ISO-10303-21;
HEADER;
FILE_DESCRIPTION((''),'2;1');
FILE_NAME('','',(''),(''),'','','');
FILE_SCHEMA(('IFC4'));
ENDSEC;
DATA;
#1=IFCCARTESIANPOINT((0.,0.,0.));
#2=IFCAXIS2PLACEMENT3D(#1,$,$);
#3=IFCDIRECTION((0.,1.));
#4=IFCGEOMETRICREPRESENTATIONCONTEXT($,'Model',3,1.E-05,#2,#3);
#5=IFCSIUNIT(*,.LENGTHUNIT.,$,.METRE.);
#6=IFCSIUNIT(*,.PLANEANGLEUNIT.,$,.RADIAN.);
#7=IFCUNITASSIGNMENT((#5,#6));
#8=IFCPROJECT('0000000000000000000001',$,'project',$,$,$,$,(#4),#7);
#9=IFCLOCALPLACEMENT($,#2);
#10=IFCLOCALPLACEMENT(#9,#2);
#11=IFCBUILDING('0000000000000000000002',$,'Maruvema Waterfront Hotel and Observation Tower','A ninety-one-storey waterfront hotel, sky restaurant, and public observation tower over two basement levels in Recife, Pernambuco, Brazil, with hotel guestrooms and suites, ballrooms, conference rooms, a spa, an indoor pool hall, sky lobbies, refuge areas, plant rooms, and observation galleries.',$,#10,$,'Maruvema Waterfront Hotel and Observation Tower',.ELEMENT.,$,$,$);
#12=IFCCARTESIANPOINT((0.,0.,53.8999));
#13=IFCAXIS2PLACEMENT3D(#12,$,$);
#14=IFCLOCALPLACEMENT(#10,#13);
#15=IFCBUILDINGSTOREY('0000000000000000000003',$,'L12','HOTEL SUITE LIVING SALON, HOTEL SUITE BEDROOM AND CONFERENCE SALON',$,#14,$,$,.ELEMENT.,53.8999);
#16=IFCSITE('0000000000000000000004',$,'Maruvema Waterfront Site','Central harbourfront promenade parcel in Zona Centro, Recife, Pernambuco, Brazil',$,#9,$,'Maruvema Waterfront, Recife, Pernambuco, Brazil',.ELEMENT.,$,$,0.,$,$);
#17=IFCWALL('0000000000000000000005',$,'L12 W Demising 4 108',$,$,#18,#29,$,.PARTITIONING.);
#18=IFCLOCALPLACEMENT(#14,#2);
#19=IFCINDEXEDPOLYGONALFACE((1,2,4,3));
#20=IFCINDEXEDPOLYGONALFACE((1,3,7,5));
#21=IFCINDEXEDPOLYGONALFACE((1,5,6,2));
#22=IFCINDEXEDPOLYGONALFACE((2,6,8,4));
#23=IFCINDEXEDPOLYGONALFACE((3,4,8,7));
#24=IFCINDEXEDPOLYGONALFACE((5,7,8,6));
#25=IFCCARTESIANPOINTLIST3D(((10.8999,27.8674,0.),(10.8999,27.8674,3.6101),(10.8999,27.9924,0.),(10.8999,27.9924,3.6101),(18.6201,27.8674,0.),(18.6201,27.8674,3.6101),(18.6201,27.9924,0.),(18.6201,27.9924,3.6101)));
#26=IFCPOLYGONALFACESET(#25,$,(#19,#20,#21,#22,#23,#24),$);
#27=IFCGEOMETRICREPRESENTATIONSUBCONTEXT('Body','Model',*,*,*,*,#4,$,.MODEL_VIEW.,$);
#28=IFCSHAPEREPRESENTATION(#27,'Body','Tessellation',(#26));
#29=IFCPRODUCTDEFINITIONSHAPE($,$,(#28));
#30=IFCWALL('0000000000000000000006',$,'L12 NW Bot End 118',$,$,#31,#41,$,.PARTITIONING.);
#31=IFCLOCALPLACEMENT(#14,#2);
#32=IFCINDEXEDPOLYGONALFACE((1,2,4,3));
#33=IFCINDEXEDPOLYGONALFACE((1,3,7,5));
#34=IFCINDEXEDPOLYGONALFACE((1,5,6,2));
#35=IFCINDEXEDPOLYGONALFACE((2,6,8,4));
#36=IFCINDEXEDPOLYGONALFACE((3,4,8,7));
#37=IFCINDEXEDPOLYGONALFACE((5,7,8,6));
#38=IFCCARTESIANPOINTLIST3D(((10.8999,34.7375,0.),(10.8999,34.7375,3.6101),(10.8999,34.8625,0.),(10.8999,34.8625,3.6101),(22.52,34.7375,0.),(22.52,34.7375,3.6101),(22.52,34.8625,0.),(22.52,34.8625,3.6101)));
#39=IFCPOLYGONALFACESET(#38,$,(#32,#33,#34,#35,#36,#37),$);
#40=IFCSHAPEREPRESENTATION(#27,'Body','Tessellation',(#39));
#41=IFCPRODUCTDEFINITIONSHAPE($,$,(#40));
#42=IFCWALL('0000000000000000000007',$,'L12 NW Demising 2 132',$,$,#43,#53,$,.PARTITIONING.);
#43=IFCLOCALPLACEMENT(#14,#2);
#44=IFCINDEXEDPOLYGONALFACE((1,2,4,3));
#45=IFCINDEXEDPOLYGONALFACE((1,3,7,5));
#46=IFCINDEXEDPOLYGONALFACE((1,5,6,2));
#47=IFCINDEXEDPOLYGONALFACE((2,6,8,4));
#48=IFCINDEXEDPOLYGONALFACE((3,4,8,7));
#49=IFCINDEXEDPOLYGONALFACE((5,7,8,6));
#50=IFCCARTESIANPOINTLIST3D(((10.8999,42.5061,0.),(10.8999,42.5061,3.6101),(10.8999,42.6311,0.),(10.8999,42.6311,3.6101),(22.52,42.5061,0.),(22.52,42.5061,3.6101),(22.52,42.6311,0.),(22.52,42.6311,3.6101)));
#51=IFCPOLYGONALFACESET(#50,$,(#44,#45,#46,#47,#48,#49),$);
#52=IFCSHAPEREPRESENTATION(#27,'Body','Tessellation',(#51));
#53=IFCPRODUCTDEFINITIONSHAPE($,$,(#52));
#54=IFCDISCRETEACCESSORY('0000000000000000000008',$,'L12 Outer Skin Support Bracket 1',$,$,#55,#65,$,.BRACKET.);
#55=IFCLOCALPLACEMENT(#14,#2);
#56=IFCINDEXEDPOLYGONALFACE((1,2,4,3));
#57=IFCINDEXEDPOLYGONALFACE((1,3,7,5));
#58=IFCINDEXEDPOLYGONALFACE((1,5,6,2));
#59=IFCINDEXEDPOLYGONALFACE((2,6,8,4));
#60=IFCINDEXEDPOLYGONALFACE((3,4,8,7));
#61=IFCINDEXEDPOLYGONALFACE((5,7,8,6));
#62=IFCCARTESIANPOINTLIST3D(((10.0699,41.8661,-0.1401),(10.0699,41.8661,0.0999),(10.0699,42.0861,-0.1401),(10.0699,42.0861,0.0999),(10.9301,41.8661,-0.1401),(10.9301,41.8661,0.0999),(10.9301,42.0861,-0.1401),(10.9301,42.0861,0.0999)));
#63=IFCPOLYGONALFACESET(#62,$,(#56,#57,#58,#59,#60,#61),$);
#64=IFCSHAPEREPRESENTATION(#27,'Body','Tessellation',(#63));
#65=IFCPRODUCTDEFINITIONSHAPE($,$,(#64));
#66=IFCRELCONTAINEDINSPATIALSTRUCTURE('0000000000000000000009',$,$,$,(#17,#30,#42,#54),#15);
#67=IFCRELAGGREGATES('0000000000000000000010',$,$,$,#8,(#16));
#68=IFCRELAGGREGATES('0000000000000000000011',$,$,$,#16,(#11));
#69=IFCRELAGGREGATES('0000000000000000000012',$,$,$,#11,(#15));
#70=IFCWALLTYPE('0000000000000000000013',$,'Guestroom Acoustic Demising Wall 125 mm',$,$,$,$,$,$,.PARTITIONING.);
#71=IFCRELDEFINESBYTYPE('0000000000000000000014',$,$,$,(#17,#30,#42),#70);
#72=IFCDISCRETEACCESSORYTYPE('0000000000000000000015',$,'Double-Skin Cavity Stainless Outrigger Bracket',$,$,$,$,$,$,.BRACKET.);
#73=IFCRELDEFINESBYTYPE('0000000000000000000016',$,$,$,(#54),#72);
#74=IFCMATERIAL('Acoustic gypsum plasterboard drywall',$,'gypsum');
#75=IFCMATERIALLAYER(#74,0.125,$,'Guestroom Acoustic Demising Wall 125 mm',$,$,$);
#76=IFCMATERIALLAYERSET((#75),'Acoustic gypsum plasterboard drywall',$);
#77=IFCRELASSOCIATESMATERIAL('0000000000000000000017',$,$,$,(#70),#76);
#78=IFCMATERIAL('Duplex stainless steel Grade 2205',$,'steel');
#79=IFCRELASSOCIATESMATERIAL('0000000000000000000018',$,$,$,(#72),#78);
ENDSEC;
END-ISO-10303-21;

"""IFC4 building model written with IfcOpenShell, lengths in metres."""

from ifc_helpers import new_model, si_unit, direction, frame, frame_2d, origin, origin_2d, place, context, subcontext, project, spatial, rectangle, extrude, material, layer, layer_set, type_object, element, save


model = new_model("IFC4")

# Units and contexts
model_context = context("Model", 3, precision=1e-05, world=origin(), true_north=direction((0.0, 1.0)))
body_context = subcontext(model_context, "Body", "Model", "MODEL_VIEW")
ifc_project = project(units=[si_unit("LENGTHUNIT", "METRE"), si_unit("PLANEANGLEUNIT", "RADIAN")], contexts=[model_context])

# Site, building, storey
site_placement = place(None, origin())
site = spatial("IfcSite", under=ifc_project, at=site_placement, Name="Maruvema Waterfront Site", Description="Central harbourfront promenade parcel in Zona Centro, Recife, Pernambuco, Brazil", LongName="Maruvema Waterfront, Recife, Pernambuco, Brazil", CompositionType="ELEMENT", RefElevation=0.0)
building_placement = place(site_placement, origin())
building = spatial("IfcBuilding", under=site, at=building_placement, Name="Maruvema Waterfront Hotel and Observation Tower", Description="A ninety-one-storey waterfront hotel, sky restaurant, and public observation tower over two basement levels in Recife, Pernambuco, Brazil, with hotel guestrooms and suites, ballrooms, conference rooms, a spa, an indoor pool hall, sky lobbies, refuge areas, plant rooms, and observation galleries.", LongName="Maruvema Waterfront Hotel and Observation Tower", CompositionType="ELEMENT")
storey_placement = place(building_placement, frame((0.0, 0.0, 53.8999)))
storey = spatial("IfcBuildingStorey", under=building, at=storey_placement, Name="L12", Description="HOTEL SUITE LIVING SALON, HOTEL SUITE BEDROOM AND CONFERENCE SALON", CompositionType="ELEMENT", Elevation=53.8999)

# Walls
ifc_material_1 = material(Name="Acoustic gypsum plasterboard drywall", Category="gypsum")
ifc_layer_1 = layer(ifc_material_1, 0.125, Name="Guestroom Acoustic Demising Wall 125 mm")
ifc_layer_set_1 = layer_set([ifc_layer_1], Name="Acoustic gypsum plasterboard drywall")
wall_type_1 = type_object("IfcWallType", Name="Guestroom Acoustic Demising Wall 125 mm", PredefinedType="PARTITIONING", material=ifc_layer_set_1)
for number, where, z_axis, x_axis, name in (
    (1, (10.8999, 27.9299, 0.0), (0.0, 0.0, 1.0), (1.0, 0.0, 0.0), "L12 W Demising 4 108"),
):
    element("IfcWall", number, at=place(storey_placement, frame(where, z_axis=z_axis, x_axis=x_axis)), inside=storey, type_object=wall_type_1, Name=name, PredefinedType="PARTITIONING", context=body_context, shape_type="SweptSolid", body=[
        extrude(rectangle(XDim=7.7202, YDim=0.125, at=frame_2d((3.8601, 0.0))), origin(), (0.0, 0.0, 1.0), 3.6101),
    ])
for number, where, z_axis, x_axis, name in (
    (2, (10.8999, 34.8, 0.0), (0.0, 0.0, 1.0), (1.0, 0.0, 0.0), "L12 NW Bot End 118"),
    (3, (10.8999, 42.5686, 0.0), (0.0, 0.0, 1.0), (1.0, 0.0, 0.0), "L12 NW Demising 2 132"),
):
    element("IfcWall", number, at=place(storey_placement, frame(where, z_axis=z_axis, x_axis=x_axis)), inside=storey, type_object=wall_type_1, Name=name, PredefinedType="PARTITIONING", context=body_context, shape_type="SweptSolid", body=[
        extrude(rectangle(XDim=11.6201, YDim=0.125, at=frame_2d((5.8101, 0.0))), origin(), (0.0, 0.0, 1.0), 3.6101),
    ])

# Discrete accessory
ifc_material_2 = material(Name="Duplex stainless steel Grade 2205", Category="steel")
discrete_accessory_type = type_object("IfcDiscreteAccessoryType", Name="Double-Skin Cavity Stainless Outrigger Bracket", PredefinedType="BRACKET", material=ifc_material_2)
discrete_accessory_placement = place(storey_placement, frame((10.5, 41.9761, -0.1401), z_axis=(0.0, 0.0, 1.0), x_axis=(0.0, -1.0, 0.0)))
element("IfcDiscreteAccessory", 4, at=discrete_accessory_placement, inside=storey, type_object=discrete_accessory_type, Name="L12 Outer Skin Support Bracket 1", PredefinedType="BRACKET", context=body_context, shape_type="SweptSolid", body=[
    extrude(rectangle(XDim=0.22, YDim=0.8601, at=origin_2d()), origin(), (0.0, 0.0, 1.0), 0.24),
])

save(model, "model.ifc")
